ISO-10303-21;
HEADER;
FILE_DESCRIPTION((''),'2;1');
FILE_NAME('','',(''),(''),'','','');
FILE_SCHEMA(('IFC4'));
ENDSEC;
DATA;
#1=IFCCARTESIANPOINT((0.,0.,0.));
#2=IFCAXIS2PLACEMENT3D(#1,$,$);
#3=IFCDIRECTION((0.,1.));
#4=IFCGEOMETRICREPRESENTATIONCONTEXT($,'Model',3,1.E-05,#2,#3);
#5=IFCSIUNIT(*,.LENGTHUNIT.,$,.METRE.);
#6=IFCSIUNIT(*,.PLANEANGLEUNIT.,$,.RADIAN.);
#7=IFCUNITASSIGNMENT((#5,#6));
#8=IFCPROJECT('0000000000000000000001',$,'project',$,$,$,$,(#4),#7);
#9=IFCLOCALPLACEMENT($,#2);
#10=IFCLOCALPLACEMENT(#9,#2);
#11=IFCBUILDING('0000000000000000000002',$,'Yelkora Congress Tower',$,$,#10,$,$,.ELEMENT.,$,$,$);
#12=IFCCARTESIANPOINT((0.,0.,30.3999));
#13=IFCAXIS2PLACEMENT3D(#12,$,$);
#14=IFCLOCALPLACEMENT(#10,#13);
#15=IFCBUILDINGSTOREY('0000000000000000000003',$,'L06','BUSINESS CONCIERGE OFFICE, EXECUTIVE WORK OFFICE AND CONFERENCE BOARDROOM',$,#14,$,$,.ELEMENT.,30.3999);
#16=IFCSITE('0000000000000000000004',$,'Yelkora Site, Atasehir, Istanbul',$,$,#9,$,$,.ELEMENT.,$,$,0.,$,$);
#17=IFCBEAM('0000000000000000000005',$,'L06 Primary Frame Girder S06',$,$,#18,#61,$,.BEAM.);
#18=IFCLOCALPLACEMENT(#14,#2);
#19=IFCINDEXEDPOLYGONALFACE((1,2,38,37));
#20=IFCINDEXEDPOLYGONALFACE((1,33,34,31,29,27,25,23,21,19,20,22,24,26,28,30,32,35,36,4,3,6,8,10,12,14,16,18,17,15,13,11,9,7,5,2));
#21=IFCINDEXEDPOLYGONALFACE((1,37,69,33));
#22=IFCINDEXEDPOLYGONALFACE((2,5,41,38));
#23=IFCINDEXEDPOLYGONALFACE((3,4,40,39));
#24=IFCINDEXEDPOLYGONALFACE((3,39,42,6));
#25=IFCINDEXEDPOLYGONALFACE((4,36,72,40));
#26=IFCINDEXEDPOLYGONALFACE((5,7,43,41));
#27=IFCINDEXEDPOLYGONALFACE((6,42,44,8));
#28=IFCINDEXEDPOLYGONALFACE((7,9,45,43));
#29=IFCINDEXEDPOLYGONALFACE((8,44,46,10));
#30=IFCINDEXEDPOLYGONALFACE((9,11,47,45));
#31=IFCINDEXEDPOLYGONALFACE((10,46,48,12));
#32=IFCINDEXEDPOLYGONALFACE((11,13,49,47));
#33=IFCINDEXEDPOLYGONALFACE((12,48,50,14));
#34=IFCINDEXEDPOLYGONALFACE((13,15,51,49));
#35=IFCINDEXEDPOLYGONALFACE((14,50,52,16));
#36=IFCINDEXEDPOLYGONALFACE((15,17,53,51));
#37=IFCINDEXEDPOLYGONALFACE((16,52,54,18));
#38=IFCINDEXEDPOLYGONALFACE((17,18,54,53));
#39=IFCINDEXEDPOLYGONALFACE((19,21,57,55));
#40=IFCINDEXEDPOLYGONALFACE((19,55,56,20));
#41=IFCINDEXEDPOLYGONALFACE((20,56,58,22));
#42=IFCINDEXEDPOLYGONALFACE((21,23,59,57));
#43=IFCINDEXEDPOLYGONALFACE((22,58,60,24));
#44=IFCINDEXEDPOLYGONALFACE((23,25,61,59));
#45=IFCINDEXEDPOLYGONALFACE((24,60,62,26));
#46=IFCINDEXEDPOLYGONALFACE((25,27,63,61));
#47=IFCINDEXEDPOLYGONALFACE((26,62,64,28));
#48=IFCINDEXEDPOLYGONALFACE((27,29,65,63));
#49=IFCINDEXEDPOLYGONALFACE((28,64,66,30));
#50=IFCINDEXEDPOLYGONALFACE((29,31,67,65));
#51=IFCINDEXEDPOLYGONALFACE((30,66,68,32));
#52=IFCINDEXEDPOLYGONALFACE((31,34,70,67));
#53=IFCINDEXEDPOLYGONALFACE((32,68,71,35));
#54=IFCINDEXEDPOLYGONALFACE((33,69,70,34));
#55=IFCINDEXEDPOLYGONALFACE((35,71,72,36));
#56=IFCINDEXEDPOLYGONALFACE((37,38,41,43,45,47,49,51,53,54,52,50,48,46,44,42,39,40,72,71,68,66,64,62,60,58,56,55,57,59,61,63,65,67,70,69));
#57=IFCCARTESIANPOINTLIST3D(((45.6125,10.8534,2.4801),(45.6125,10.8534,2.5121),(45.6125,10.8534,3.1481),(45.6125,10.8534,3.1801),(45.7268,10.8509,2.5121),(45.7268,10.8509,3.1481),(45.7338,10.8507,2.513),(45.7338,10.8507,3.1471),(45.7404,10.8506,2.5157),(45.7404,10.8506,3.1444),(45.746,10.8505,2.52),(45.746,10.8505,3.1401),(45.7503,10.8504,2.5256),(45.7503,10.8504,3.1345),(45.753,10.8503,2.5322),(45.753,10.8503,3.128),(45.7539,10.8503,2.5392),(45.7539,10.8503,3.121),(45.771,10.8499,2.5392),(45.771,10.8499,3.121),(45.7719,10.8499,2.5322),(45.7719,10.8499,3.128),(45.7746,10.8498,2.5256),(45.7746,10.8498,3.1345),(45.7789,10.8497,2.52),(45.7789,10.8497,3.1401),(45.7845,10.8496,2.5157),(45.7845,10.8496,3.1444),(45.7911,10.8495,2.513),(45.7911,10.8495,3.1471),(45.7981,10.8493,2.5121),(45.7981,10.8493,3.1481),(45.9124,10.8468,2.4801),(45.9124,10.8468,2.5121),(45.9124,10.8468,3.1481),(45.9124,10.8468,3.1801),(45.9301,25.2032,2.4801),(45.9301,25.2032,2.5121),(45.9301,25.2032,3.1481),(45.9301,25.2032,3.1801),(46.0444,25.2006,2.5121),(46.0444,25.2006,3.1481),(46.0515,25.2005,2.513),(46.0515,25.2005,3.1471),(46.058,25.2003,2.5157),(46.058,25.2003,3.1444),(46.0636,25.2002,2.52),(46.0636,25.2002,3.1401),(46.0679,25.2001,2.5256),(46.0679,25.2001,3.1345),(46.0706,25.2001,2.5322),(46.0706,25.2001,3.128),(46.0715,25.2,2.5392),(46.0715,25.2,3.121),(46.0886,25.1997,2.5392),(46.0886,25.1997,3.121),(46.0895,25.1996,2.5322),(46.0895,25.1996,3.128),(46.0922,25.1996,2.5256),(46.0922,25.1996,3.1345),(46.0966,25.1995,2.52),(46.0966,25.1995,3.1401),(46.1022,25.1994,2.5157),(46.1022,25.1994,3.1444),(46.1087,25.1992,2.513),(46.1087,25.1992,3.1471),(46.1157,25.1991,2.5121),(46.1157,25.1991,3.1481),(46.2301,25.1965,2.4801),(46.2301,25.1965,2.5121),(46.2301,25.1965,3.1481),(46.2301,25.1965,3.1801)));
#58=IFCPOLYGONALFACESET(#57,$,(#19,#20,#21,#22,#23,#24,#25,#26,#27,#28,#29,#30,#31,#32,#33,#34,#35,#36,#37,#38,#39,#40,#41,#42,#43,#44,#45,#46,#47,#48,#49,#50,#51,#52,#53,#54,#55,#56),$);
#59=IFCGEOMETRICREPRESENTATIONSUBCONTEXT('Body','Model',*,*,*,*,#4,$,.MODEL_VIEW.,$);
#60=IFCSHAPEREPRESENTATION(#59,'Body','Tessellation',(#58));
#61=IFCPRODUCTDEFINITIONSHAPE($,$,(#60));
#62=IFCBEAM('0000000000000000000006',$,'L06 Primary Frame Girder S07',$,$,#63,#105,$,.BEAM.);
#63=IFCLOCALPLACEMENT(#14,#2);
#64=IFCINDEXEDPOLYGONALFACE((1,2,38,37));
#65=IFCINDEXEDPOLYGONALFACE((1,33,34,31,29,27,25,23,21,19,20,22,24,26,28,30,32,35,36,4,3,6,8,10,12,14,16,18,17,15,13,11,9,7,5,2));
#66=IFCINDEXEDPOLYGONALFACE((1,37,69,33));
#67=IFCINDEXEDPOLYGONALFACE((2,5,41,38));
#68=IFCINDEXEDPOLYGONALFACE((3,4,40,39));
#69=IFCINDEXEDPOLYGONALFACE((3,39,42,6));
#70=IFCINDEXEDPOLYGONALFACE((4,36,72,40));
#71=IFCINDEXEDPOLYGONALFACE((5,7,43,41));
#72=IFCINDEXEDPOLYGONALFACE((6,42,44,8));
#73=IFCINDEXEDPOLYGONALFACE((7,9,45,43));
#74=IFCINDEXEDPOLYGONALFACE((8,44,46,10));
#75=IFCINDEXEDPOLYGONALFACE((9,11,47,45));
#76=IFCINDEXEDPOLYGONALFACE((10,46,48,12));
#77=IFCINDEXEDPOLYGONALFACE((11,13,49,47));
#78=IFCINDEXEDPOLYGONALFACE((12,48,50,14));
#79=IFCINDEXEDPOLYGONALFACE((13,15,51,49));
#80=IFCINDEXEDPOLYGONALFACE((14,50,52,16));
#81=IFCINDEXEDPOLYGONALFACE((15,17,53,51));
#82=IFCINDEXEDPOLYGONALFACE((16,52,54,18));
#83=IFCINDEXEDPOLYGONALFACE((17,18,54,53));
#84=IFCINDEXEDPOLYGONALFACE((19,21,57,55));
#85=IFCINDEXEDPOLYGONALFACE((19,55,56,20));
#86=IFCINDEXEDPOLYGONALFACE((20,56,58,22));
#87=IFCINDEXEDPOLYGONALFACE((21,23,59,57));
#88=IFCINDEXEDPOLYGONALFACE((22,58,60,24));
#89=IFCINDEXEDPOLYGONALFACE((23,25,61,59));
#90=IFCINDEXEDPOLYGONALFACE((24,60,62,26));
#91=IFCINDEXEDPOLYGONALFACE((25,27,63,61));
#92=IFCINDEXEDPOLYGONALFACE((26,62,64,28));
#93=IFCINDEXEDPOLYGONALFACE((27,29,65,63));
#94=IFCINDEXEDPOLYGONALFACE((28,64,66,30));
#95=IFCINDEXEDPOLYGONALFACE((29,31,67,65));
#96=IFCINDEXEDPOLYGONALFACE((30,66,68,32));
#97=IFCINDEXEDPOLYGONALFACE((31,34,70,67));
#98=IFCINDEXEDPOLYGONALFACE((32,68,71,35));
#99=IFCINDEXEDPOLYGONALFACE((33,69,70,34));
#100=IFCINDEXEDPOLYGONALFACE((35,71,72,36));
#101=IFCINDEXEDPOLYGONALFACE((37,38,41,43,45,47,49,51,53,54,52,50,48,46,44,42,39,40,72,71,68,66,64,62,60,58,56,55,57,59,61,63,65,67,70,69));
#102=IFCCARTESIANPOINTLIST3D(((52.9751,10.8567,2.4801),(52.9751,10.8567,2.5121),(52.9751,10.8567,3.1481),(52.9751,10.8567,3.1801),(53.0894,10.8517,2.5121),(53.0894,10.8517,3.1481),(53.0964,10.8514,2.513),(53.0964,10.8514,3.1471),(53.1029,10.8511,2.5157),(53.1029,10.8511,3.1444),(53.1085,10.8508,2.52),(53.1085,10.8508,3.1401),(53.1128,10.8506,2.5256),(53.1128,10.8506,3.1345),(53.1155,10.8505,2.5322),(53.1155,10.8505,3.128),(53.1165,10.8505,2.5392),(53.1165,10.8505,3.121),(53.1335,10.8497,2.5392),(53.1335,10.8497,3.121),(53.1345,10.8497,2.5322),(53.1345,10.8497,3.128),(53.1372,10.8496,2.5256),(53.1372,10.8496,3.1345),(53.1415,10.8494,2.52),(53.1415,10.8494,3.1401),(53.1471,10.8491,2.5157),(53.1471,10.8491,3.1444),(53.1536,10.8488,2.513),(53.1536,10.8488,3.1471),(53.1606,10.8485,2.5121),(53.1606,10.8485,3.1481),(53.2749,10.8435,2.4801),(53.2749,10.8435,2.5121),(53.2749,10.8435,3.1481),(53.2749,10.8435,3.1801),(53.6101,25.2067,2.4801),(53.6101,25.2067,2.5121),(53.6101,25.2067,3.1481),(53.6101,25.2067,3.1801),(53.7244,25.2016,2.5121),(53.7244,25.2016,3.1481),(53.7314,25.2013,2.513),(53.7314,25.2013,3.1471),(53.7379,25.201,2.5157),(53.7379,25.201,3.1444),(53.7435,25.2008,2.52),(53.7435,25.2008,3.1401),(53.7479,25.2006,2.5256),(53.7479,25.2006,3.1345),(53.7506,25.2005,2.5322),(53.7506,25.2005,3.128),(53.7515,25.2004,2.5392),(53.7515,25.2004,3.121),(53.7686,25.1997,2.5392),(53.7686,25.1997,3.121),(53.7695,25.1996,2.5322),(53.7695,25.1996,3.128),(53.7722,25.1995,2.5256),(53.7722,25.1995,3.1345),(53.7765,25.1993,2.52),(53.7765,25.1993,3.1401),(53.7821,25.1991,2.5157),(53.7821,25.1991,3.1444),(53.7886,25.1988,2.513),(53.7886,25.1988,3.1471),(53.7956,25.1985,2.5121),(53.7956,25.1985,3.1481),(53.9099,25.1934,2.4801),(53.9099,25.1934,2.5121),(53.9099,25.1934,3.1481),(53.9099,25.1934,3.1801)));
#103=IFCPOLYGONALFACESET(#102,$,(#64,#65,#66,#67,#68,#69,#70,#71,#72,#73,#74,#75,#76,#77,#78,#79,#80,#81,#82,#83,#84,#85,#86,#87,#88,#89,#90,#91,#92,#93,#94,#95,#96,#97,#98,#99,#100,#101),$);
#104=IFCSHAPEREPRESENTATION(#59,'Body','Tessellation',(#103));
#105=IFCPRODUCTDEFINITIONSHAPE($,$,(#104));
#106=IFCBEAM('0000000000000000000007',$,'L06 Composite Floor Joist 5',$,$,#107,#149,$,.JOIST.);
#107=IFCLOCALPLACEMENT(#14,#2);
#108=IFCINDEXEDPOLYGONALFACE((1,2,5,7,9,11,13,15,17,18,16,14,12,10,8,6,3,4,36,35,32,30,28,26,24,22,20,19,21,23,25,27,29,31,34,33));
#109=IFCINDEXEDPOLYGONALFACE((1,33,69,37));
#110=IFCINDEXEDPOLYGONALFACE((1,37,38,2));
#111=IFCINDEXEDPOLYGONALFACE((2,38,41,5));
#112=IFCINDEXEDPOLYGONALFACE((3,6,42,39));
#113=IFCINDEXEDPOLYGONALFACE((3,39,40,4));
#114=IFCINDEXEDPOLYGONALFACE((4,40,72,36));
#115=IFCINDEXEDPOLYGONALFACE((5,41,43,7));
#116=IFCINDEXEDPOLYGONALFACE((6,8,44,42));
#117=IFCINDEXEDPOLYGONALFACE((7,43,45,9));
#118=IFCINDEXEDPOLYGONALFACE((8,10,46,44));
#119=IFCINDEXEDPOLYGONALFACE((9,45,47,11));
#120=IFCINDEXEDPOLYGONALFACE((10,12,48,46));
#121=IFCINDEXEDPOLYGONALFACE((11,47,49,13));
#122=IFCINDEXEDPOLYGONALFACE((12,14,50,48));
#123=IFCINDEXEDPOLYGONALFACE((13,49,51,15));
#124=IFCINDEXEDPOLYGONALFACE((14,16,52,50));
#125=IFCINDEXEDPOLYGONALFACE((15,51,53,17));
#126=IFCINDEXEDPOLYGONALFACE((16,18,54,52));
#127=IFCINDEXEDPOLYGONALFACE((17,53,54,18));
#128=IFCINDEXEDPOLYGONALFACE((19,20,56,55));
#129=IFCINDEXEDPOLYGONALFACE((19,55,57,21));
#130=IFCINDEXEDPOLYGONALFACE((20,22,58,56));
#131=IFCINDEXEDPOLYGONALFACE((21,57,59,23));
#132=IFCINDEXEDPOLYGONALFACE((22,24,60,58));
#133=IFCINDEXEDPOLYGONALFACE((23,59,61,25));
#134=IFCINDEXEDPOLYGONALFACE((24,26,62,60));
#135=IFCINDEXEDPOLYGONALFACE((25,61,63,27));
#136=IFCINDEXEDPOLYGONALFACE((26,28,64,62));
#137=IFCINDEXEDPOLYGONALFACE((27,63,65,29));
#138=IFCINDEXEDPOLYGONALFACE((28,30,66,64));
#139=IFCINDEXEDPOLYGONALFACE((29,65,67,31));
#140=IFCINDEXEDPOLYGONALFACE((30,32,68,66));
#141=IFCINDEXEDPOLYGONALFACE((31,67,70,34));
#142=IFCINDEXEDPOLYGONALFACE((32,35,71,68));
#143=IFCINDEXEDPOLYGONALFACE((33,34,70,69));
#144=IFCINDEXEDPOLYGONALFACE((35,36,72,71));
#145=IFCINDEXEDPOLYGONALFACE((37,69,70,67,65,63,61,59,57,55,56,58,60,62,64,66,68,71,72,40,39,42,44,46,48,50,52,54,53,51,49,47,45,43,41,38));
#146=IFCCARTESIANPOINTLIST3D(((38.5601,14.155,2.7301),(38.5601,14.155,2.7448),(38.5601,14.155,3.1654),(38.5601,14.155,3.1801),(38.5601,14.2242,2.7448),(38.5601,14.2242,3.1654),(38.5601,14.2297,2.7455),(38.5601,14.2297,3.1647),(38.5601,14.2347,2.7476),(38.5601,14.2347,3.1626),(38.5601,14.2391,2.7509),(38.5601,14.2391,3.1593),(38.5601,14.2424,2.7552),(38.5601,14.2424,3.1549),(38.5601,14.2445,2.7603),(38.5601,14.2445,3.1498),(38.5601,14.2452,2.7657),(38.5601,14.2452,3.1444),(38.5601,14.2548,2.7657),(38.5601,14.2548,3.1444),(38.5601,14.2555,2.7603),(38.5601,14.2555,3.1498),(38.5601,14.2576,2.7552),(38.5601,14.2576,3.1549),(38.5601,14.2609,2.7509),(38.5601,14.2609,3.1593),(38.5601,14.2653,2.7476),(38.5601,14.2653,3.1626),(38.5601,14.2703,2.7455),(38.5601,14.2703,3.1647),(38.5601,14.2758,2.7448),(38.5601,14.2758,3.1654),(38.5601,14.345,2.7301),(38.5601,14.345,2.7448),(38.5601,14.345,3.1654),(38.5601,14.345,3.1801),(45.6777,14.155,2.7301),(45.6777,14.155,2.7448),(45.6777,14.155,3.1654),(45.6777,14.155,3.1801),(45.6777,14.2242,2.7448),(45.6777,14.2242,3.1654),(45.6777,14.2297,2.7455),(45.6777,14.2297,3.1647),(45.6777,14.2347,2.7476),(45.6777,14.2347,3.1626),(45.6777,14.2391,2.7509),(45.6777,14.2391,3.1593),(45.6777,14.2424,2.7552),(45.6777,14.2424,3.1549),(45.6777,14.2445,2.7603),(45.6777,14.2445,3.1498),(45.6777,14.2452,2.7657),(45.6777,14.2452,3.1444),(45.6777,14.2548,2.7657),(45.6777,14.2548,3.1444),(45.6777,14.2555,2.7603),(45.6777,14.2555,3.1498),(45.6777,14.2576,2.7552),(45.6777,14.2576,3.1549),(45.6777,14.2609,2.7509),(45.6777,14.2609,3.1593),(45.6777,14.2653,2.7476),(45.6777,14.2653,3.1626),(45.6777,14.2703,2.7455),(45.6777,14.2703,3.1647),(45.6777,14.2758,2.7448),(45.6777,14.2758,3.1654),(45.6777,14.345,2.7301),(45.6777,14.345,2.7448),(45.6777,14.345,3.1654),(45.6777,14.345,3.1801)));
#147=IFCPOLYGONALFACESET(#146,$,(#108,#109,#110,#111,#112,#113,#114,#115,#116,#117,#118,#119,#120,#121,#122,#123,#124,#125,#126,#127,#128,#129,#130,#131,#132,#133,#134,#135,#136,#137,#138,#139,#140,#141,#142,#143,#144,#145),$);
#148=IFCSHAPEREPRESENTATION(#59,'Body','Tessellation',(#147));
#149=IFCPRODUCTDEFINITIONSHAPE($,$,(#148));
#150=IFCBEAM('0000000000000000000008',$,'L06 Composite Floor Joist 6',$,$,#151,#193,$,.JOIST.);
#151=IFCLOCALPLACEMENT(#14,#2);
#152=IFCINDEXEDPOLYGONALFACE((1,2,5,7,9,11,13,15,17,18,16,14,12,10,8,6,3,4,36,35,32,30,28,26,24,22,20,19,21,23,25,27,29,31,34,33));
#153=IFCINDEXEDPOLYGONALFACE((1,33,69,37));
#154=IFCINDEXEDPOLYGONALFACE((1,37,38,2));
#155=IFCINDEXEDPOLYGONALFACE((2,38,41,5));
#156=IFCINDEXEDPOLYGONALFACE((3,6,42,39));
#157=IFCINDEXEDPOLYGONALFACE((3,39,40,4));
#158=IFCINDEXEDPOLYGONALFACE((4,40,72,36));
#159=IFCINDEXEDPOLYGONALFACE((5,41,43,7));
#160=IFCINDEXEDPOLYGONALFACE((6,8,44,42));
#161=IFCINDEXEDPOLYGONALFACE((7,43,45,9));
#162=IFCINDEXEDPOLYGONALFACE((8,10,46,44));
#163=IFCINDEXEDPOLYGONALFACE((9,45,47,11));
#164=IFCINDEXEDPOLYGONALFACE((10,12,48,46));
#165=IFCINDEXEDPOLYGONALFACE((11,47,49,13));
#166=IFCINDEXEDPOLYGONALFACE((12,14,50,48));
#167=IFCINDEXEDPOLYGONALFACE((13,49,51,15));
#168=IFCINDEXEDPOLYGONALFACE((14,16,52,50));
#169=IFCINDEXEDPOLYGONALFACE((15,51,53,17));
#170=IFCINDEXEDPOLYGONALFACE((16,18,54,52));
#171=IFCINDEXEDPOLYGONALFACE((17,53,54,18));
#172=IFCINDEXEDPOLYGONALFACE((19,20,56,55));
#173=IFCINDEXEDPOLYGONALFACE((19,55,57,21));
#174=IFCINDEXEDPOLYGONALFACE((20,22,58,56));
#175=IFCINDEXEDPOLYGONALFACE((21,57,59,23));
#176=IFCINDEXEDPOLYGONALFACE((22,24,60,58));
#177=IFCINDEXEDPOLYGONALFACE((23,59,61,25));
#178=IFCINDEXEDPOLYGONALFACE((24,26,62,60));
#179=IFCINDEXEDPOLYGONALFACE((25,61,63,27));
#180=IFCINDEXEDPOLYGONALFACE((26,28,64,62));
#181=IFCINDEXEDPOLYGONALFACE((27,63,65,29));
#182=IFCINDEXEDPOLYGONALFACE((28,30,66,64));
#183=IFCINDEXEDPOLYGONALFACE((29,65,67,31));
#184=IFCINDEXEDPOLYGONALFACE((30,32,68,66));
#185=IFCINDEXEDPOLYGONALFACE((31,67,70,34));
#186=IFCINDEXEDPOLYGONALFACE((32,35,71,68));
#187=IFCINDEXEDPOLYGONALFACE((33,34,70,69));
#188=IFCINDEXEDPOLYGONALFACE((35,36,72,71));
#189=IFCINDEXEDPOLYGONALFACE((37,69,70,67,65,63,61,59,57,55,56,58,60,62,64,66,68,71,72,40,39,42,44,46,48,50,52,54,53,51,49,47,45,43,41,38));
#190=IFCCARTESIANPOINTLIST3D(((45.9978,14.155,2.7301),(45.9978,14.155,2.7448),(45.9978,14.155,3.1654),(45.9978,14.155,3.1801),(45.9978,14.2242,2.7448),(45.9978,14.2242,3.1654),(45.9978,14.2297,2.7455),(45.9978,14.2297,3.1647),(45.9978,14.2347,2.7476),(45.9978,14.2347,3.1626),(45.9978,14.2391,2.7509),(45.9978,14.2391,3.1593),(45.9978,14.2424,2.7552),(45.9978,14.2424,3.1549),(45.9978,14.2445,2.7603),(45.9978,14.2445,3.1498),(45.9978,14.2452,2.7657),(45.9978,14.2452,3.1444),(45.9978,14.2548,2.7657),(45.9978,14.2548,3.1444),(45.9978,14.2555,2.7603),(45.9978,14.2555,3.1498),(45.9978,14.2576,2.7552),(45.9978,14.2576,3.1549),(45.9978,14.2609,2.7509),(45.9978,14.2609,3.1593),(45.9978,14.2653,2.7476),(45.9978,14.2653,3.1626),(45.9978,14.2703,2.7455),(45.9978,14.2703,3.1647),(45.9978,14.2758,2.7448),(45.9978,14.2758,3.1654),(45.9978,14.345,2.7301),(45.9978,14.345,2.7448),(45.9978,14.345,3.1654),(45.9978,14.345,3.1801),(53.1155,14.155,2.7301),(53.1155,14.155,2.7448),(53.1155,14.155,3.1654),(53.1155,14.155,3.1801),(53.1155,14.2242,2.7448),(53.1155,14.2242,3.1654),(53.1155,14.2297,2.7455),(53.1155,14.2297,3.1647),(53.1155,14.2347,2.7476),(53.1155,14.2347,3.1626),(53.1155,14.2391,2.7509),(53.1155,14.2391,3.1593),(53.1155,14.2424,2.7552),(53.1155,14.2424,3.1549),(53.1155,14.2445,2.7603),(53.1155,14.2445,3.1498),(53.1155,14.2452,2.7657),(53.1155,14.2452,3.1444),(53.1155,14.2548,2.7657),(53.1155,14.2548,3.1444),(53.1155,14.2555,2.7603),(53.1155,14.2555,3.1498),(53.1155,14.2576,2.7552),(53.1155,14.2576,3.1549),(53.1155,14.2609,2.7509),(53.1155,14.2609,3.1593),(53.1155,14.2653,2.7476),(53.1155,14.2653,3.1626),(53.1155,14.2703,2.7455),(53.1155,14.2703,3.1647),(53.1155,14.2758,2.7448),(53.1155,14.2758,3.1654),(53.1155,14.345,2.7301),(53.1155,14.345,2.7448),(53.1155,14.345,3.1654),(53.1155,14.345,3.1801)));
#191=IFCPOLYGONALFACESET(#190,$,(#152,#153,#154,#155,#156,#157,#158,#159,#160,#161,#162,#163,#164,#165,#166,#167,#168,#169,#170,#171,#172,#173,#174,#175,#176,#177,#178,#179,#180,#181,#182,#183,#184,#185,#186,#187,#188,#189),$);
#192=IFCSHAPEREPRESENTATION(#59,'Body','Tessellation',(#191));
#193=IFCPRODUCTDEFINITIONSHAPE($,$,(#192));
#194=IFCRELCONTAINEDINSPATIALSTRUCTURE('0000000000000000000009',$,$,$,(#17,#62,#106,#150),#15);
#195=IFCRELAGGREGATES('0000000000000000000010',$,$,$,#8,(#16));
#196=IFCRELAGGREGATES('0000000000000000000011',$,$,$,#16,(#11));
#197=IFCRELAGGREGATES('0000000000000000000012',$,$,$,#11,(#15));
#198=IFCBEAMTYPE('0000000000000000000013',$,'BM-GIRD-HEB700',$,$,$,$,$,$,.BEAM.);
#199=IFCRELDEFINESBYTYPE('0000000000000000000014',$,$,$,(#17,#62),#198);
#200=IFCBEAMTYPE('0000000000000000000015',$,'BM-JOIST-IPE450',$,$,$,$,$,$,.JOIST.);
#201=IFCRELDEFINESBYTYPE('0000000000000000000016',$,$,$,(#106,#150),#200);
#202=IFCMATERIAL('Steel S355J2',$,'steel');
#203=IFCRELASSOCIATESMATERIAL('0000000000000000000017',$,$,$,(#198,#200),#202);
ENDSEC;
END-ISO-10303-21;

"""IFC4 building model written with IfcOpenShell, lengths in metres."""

from ifc_helpers import new_model, si_unit, direction, frame, origin, origin_2d, place, context, subcontext, project, spatial, i_section, extrude, material, material_profile, profile_set, type_object, element, save


model = new_model("IFC4")

# Units and contexts
model_context = context("Model", 3, precision=1e-05, world=origin(), true_north=direction((0.0, 1.0)))
body_context = subcontext(model_context, "Body", "Model", "MODEL_VIEW")
ifc_project = project(units=[si_unit("LENGTHUNIT", "METRE"), si_unit("PLANEANGLEUNIT", "RADIAN")], contexts=[model_context])

# Site, building, storey
site_placement = place(None, origin())
site = spatial("IfcSite", under=ifc_project, at=site_placement, Name="Yelkora Site, Atasehir, Istanbul", CompositionType="ELEMENT", RefElevation=0.0)
building_placement = place(site_placement, origin())
building = spatial("IfcBuilding", under=site, at=building_placement, Name="Yelkora Congress Tower", CompositionType="ELEMENT")
storey_placement = place(building_placement, frame((0.0, 0.0, 30.3999)))
storey = spatial("IfcBuildingStorey", under=building, at=storey_placement, Name="L06", Description="BUSINESS CONCIERGE OFFICE, EXECUTIVE WORK OFFICE AND CONFERENCE BOARDROOM", CompositionType="ELEMENT", Elevation=30.3999)

# Beams
ifc_material_1 = material(Name="Steel S355J2", Category="steel")
ifc_material_profile_1 = material_profile(ifc_material_1, i_section(OverallWidth=0.3, OverallDepth=0.7, WebThickness=0.0171, FlangeThickness=0.032, FilletRadius=0.0271, at=origin_2d()), Name="HEB 700")
ifc_profile_set_1 = profile_set([ifc_material_profile_1], Name="Steel S355J2")
beam_type_1 = type_object("IfcBeamType", Name="BM-GIRD-HEB700", PredefinedType="BEAM", material=ifc_profile_set_1)
beam_1_placement = place(storey_placement, frame((45.7625, 10.8501, 2.8301), z_axis=(0.022129, 0.999755, 0.0), x_axis=(-0.999755, 0.022129, 0.0)))
element("IfcBeam", 1, at=beam_1_placement, inside=storey, type_object=beam_type_1, Name="L06 Primary Frame Girder S06", PredefinedType="BEAM", context=body_context, shape_type="SweptSolid", body=[
    extrude(i_section(OverallWidth=0.3, OverallDepth=0.7, WebThickness=0.0171, FlangeThickness=0.032, FilletRadius=0.0271, at=origin_2d()), origin(), (0.0, 0.0, 1.0), 14.3533),
])
beam_2_placement = place(storey_placement, frame((53.125, 10.8501, 2.8301), z_axis=(0.044209, 0.999022, 0.0), x_axis=(-0.999022, 0.044209, 0.0)))
element("IfcBeam", 2, at=beam_2_placement, inside=storey, type_object=beam_type_1, Name="L06 Primary Frame Girder S07", PredefinedType="BEAM", context=body_context, shape_type="SweptSolid", body=[
    extrude(i_section(OverallWidth=0.3, OverallDepth=0.7, WebThickness=0.0171, FlangeThickness=0.032, FilletRadius=0.0271, at=origin_2d()), origin(), (0.0, 0.0, 1.0), 14.364),
])
ifc_material_profile_2 = material_profile(ifc_material_1, i_section(OverallWidth=0.1899, OverallDepth=0.45, WebThickness=0.0095, FlangeThickness=0.0146, FilletRadius=0.021, at=origin_2d()), Name="IPE 450")
ifc_profile_set_2 = profile_set([ifc_material_profile_2], Name="Steel S355J2")
beam_type_2 = type_object("IfcBeamType", Name="BM-JOIST-IPE450", PredefinedType="JOIST", material=ifc_profile_set_2)
for number, where, z_axis, x_axis, name in (
    (3, (38.5601, 14.25, 2.9551), (1.0, 0.0, 0.0), (0.0, 1.0, 0.0), "L06 Composite Floor Joist 5"),
    (4, (45.9978, 14.25, 2.9551), (1.0, 0.0, 0.0), (0.0, 1.0, 0.0), "L06 Composite Floor Joist 6"),
):
    element("IfcBeam", number, at=place(storey_placement, frame(where, z_axis=z_axis, x_axis=x_axis)), inside=storey, type_object=beam_type_2, Name=name, PredefinedType="JOIST", context=body_context, shape_type="SweptSolid", body=[
        extrude(i_section(OverallWidth=0.1899, OverallDepth=0.45, WebThickness=0.0095, FlangeThickness=0.0146, FilletRadius=0.021, at=origin_2d()), origin(), (0.0, 0.0, 1.0), 7.1177),
    ])

save(model, "model.ifc")
